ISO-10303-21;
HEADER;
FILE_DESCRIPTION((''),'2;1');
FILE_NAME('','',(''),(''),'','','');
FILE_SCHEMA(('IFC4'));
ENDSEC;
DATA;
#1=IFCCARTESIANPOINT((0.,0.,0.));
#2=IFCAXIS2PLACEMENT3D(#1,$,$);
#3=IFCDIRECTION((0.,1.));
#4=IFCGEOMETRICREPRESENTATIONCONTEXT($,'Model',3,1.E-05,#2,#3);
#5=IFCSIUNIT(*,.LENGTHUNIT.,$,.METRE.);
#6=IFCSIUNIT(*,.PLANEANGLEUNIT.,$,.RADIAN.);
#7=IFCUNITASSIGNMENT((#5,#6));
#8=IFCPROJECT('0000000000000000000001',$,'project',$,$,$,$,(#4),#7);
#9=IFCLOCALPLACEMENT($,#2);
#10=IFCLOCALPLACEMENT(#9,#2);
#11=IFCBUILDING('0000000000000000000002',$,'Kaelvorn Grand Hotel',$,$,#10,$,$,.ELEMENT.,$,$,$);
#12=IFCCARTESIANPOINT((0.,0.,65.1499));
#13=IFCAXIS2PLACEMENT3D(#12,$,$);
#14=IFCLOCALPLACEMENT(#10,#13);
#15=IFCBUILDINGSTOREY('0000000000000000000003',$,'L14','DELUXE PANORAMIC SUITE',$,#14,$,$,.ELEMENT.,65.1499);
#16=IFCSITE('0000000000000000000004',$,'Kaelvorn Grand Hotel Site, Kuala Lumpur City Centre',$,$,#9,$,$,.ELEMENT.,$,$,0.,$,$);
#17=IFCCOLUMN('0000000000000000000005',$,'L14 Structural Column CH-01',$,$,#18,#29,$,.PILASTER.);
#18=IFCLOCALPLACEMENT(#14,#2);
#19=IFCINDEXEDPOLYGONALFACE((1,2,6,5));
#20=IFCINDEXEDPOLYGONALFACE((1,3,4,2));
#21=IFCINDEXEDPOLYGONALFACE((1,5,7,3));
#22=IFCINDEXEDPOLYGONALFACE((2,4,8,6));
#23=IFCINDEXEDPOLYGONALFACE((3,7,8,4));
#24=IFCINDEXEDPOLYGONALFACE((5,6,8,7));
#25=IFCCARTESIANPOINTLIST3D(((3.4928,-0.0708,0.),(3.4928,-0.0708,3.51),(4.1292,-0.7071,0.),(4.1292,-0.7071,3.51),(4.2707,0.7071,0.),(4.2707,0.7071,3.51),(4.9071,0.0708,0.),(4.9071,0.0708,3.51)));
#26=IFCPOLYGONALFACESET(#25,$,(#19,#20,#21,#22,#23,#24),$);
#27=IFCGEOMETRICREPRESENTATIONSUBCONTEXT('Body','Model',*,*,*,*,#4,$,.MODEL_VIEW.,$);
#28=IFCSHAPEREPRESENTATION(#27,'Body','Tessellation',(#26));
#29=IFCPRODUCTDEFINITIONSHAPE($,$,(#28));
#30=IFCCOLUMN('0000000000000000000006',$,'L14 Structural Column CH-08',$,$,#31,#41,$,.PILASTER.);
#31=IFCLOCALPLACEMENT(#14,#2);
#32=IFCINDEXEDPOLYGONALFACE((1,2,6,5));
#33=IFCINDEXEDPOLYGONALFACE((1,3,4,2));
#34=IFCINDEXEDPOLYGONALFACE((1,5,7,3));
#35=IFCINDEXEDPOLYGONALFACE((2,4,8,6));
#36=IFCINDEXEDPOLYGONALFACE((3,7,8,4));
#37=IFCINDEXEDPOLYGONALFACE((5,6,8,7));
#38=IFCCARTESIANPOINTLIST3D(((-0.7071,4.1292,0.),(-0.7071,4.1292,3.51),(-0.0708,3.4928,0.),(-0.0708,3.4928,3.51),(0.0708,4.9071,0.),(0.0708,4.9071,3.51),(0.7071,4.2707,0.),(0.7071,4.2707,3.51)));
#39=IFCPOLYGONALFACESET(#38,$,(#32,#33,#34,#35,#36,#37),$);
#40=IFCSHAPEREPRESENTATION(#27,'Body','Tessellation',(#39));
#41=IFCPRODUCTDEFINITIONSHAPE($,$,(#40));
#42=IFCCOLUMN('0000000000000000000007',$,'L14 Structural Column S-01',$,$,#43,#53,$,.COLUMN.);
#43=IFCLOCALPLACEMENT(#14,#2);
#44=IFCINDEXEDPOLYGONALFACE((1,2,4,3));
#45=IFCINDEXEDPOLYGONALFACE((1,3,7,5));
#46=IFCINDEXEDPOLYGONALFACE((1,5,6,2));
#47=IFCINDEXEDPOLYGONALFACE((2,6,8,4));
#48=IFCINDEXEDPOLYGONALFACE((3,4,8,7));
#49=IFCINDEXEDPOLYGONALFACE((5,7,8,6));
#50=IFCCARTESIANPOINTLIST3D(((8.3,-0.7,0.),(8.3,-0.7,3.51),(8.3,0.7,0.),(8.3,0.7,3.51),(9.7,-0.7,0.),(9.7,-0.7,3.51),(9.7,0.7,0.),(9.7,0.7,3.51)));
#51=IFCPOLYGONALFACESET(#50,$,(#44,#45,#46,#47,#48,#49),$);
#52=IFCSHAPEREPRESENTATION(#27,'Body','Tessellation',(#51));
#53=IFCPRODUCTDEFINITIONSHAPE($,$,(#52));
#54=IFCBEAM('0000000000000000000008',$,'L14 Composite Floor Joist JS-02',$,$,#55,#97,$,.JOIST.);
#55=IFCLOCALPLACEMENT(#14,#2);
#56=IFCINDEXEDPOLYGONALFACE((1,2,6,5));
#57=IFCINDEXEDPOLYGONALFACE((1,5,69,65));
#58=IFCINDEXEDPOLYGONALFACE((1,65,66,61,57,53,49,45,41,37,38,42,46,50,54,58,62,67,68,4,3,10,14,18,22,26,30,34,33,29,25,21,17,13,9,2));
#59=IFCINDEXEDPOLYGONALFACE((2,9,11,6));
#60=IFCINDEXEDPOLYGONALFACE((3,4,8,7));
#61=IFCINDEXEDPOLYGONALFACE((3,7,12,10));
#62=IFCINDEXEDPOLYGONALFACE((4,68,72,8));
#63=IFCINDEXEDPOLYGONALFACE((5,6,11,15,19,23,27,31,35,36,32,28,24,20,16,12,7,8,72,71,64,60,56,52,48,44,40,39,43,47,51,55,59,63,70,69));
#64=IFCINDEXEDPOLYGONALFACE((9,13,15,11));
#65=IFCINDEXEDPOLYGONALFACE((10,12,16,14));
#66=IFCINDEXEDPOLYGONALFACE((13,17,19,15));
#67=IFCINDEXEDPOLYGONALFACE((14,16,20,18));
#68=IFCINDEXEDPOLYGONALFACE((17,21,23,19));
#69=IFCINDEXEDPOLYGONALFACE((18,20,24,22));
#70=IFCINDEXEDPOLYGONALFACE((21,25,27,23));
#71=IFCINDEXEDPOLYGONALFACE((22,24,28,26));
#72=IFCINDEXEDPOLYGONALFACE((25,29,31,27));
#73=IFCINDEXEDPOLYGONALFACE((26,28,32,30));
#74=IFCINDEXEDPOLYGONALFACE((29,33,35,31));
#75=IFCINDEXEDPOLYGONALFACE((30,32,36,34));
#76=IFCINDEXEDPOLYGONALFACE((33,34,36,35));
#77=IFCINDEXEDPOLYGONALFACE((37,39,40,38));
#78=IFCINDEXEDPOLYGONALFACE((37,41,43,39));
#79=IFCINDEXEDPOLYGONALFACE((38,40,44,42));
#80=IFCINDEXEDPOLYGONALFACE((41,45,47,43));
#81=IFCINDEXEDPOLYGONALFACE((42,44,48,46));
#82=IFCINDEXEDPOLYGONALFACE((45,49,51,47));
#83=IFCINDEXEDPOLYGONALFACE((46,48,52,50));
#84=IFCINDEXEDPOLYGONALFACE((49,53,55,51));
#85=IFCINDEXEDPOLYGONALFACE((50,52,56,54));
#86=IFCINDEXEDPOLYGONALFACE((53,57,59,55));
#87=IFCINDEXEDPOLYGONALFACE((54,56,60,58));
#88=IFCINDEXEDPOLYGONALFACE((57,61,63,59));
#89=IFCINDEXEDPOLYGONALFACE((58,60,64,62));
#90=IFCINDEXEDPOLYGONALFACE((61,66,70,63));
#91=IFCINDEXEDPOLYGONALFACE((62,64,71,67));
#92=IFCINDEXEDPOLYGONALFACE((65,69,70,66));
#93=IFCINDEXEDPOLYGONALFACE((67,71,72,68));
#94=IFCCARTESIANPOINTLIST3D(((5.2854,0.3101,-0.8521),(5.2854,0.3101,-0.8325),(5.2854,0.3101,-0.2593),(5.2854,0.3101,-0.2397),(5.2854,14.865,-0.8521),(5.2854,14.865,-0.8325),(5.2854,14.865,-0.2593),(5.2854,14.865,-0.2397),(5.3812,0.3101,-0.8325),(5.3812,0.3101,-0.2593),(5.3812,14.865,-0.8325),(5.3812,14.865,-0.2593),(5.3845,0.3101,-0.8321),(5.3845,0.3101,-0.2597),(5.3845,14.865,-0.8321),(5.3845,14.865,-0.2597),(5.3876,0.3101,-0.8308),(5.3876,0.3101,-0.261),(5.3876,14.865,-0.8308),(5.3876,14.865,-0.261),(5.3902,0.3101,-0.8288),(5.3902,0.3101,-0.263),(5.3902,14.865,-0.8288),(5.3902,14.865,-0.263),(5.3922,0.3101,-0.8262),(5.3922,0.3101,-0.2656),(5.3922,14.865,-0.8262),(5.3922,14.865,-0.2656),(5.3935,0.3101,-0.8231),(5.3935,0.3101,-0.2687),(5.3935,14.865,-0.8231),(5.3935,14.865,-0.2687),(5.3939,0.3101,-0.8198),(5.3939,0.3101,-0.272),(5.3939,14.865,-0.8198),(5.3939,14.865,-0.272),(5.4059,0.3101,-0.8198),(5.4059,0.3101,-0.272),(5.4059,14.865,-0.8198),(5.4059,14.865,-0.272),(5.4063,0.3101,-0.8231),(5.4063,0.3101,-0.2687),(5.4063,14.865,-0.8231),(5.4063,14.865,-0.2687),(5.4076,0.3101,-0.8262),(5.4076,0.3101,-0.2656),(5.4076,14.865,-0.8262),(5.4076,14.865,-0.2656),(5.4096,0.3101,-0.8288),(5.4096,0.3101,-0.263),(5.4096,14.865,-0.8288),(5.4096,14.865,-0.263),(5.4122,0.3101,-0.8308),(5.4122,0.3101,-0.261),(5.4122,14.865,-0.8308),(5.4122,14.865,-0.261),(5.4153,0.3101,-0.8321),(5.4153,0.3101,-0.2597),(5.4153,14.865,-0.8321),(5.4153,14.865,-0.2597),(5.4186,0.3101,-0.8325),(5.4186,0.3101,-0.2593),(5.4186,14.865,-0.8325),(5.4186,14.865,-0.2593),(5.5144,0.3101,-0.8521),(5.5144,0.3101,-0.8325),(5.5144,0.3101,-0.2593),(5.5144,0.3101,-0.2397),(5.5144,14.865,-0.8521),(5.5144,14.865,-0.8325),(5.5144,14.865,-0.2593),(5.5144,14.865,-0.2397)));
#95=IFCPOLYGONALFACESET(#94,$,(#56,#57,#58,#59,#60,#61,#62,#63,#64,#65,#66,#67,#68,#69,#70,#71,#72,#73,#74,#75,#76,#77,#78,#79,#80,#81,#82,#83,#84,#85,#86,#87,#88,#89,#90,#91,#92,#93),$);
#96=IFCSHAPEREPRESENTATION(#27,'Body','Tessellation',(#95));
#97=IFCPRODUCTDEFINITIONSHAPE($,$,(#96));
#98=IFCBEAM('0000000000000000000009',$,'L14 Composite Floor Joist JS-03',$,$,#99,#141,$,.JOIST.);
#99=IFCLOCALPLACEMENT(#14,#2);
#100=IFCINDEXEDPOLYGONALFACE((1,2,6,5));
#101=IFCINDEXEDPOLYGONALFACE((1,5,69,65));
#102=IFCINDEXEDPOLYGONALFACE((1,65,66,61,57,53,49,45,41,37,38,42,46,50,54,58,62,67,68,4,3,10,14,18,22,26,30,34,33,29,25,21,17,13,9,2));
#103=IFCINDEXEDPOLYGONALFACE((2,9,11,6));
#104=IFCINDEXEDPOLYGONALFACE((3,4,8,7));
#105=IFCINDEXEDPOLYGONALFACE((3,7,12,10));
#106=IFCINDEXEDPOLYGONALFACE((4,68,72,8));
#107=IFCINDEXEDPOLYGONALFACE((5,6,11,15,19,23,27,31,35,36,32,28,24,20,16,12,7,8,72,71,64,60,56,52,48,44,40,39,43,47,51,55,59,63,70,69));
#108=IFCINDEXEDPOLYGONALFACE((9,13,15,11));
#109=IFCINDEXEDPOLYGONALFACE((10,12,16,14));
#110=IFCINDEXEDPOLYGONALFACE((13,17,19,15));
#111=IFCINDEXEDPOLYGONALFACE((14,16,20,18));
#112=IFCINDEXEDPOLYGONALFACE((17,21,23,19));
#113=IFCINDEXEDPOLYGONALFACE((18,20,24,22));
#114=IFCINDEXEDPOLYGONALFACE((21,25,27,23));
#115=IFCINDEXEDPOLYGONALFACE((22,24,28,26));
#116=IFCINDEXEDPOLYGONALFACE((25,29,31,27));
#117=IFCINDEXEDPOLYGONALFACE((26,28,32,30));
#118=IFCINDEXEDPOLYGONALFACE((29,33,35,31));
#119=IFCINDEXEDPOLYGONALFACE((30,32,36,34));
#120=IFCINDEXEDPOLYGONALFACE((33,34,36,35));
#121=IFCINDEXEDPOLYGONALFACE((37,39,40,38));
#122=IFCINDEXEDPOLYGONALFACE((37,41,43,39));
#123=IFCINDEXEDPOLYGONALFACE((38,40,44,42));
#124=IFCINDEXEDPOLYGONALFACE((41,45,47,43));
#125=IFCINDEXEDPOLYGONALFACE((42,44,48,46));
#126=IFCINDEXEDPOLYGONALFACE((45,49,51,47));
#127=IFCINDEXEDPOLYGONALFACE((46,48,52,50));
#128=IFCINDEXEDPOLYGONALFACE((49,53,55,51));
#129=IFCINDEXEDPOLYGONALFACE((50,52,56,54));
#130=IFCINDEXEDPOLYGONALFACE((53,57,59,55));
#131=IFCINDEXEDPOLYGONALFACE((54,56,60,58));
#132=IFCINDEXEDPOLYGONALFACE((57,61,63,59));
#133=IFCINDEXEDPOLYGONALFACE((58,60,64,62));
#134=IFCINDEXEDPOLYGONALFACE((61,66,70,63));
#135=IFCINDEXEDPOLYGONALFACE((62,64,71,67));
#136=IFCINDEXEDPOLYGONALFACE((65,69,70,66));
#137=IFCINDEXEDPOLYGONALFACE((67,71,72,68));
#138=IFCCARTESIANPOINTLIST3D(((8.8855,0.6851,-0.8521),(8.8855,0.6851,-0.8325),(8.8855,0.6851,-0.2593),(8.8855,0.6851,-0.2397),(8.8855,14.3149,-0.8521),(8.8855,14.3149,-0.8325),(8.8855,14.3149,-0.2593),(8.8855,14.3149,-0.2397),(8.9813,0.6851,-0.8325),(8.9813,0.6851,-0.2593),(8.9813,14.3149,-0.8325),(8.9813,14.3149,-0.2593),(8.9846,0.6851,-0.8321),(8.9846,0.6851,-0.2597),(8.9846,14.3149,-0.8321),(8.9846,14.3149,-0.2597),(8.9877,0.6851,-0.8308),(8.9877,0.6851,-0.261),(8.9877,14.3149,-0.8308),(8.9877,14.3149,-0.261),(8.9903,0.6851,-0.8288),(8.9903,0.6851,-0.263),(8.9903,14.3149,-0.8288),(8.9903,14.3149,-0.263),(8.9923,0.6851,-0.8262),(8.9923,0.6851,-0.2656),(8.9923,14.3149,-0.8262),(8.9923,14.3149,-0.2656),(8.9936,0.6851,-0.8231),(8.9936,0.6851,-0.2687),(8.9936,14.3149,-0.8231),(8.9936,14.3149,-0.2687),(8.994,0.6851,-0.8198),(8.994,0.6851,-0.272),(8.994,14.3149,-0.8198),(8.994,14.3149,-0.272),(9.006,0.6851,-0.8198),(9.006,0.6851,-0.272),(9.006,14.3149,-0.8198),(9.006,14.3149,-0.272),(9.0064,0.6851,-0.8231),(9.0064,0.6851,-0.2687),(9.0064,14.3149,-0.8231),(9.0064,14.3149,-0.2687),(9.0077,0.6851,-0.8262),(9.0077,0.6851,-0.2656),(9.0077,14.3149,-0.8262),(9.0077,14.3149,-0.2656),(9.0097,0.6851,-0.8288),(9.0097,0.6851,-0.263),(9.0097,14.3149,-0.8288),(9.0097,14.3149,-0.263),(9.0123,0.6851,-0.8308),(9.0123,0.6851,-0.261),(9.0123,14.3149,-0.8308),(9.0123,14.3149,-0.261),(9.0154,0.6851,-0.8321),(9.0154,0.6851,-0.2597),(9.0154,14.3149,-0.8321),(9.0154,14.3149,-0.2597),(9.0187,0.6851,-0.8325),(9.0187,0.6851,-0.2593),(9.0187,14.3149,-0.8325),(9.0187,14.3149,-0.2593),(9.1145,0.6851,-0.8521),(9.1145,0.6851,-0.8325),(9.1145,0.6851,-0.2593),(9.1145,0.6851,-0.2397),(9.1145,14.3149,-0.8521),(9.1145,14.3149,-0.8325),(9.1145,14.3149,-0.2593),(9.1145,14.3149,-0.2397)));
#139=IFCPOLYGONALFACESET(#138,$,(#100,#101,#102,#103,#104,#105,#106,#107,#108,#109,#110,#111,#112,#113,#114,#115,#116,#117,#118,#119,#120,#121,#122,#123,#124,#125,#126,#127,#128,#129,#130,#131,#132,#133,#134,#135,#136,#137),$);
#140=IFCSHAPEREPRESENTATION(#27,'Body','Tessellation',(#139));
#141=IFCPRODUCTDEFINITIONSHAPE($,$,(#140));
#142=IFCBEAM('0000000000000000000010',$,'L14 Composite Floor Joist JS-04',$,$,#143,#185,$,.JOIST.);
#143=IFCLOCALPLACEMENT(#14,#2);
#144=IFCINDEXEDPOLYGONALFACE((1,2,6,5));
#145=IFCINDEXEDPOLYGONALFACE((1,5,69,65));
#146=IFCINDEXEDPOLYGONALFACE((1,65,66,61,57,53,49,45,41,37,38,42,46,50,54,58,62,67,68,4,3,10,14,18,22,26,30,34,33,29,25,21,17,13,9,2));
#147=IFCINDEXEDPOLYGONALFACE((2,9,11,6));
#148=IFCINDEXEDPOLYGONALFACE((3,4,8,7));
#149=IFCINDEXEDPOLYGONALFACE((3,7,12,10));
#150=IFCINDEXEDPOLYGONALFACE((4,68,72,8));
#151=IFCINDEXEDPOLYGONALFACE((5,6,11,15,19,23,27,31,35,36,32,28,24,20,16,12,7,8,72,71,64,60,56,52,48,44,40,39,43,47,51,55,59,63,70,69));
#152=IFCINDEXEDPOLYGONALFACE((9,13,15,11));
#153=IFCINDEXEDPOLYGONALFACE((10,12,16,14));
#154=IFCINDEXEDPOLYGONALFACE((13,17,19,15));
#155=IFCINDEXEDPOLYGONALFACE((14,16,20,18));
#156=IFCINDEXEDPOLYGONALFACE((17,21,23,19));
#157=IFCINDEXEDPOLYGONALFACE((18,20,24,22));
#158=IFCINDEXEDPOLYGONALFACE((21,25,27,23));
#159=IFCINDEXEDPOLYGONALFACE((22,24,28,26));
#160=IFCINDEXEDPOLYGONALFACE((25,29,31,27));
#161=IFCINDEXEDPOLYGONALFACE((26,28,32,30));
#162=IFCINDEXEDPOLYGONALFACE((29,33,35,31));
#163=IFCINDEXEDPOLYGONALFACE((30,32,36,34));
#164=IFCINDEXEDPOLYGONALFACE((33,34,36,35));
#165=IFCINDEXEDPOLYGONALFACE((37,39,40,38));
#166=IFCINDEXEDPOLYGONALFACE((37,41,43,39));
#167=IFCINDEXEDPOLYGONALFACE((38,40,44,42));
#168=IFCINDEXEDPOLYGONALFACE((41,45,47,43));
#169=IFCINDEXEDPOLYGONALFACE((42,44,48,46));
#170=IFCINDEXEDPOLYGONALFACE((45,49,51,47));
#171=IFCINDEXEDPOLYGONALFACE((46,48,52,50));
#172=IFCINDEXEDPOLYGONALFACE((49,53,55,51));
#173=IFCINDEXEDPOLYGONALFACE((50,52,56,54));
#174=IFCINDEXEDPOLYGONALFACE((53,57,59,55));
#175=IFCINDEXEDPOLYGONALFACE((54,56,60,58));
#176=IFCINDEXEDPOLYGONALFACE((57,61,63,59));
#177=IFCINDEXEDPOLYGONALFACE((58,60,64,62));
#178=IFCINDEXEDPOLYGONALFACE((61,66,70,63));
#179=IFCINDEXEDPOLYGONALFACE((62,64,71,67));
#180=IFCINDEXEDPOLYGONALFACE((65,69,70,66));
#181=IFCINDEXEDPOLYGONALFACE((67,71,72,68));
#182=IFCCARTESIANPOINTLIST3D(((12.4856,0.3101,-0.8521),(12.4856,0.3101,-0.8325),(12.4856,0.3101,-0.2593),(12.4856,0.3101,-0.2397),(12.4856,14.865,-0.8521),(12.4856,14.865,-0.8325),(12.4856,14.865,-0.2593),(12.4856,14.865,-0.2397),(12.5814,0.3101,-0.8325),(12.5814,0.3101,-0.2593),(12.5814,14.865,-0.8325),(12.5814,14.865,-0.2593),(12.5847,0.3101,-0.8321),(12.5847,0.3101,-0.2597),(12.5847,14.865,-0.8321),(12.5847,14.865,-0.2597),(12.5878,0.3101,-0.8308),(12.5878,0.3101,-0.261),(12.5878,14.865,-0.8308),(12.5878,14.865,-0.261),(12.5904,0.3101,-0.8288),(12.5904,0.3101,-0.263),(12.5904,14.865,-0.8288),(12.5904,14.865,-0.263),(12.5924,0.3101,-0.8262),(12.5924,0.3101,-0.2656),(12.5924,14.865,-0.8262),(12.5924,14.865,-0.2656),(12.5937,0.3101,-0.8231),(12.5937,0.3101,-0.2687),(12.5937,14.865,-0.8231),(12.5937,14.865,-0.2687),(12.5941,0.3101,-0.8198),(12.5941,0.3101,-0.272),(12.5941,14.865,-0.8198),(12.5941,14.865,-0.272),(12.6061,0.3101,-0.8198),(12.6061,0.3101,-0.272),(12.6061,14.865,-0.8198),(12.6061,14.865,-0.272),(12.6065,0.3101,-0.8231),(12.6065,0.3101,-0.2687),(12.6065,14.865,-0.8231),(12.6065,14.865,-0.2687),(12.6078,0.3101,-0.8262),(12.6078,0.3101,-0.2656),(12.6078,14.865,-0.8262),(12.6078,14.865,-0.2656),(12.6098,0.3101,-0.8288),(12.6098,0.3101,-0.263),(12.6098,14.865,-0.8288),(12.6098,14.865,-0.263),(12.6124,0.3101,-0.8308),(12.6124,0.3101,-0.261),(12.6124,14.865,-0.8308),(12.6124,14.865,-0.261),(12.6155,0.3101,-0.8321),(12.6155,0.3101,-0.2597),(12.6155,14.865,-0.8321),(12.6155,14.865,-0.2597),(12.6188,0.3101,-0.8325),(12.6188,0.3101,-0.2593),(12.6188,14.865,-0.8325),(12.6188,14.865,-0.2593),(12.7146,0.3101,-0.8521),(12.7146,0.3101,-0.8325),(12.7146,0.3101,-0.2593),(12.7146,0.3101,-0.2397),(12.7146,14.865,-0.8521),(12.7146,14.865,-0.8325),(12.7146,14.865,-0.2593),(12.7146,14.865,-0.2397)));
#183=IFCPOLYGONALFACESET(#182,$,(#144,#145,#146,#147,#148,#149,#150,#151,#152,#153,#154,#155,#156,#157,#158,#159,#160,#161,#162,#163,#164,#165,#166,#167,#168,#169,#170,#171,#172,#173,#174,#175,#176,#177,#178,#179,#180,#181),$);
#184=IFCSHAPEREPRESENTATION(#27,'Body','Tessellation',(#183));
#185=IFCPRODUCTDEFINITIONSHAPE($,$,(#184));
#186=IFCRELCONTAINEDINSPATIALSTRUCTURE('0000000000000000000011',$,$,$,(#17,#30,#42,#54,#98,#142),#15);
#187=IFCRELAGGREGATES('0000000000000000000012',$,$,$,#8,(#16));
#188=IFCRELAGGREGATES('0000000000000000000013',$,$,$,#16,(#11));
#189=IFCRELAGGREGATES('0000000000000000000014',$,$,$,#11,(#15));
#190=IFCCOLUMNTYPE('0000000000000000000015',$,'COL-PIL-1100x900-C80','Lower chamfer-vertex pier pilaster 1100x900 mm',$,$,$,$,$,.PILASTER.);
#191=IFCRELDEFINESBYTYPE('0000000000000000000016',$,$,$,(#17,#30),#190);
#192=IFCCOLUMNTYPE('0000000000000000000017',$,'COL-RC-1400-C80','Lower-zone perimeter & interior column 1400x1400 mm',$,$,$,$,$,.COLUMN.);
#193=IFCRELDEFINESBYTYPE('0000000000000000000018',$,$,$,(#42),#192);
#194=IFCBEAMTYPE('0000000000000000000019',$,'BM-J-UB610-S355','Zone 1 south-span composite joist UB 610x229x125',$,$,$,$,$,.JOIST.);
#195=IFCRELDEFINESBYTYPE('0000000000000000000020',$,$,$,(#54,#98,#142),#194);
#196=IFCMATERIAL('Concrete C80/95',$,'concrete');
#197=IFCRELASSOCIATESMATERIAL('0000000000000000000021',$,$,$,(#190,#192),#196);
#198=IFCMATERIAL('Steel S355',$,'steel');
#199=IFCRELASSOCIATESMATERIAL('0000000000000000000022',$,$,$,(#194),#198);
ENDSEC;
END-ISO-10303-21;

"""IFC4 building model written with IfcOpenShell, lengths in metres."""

from ifc_helpers import new_model, si_unit, direction, frame, origin, origin_2d, place, context, subcontext, project, spatial, rectangle, i_section, extrude, material, material_profile, profile_set, type_object, element, save


model = new_model("IFC4")

# Units and contexts
model_context = context("Model", 3, precision=1e-05, world=origin(), true_north=direction((0.0, 1.0)))
body_context = subcontext(model_context, "Body", "Model", "MODEL_VIEW")
ifc_project = project(units=[si_unit("LENGTHUNIT", "METRE"), si_unit("PLANEANGLEUNIT", "RADIAN")], contexts=[model_context])

# Site, building, storey
site_placement = place(None, origin())
site = spatial("IfcSite", under=ifc_project, at=site_placement, Name="Kaelvorn Grand Hotel Site, Kuala Lumpur City Centre", CompositionType="ELEMENT", RefElevation=0.0)
building_placement = place(site_placement, origin())
building = spatial("IfcBuilding", under=site, at=building_placement, Name="Kaelvorn Grand Hotel", CompositionType="ELEMENT")
storey_placement = place(building_placement, frame((0.0, 0.0, 65.1499)))
storey = spatial("IfcBuildingStorey", under=building, at=storey_placement, Name="L14", Description="DELUXE PANORAMIC SUITE", CompositionType="ELEMENT", Elevation=65.1499)

# Columns
ifc_material_1 = material(Name="Concrete C80/95", Category="concrete")
ifc_material_profile_1 = material_profile(ifc_material_1, rectangle(XDim=1.1001, YDim=0.8999, at=origin_2d()), Name="RC PILASTER 1100x900")
ifc_profile_set_1 = profile_set([ifc_material_profile_1], Name="Concrete C80/95")
column_type_1 = type_object("IfcColumnType", Name="COL-PIL-1100x900-C80", Description="Lower chamfer-vertex pier pilaster 1100x900 mm", PredefinedType="PILASTER", material=ifc_profile_set_1)
for number, where, z_axis, x_axis, name in (
    (1, (4.2, 0.0, 0.0), (0.0, 0.0, 1.0), (0.707107, 0.707107, 0.0), "L14 Structural Column CH-01"),
    (2, (0.0, 4.2, 0.0), (0.0, 0.0, 1.0), (0.707107, 0.707107, 0.0), "L14 Structural Column CH-08"),
):
    element("IfcColumn", number, at=place(storey_placement, frame(where, z_axis=z_axis, x_axis=x_axis)), inside=storey, type_object=column_type_1, Name=name, PredefinedType="PILASTER", context=body_context, shape_type="SweptSolid", body=[
        extrude(rectangle(XDim=1.1001, YDim=0.8999, at=origin_2d()), origin(), (0.0, 0.0, 1.0), 3.51),
    ])
ifc_material_profile_2 = material_profile(ifc_material_1, rectangle(XDim=1.3999, YDim=1.3999, at=origin_2d()), Name="RC COL 1400x1400")
ifc_profile_set_2 = profile_set([ifc_material_profile_2], Name="Concrete C80/95")
column_type_2 = type_object("IfcColumnType", Name="COL-RC-1400-C80", Description="Lower-zone perimeter & interior column 1400x1400 mm", PredefinedType="COLUMN", material=ifc_profile_set_2)
column_placement = place(storey_placement, frame((9.0, 0.0, 0.0), z_axis=(0.0, 0.0, 1.0), x_axis=(1.0, 0.0, 0.0)))
element("IfcColumn", 3, at=column_placement, inside=storey, type_object=column_type_2, Name="L14 Structural Column S-01", PredefinedType="COLUMN", context=body_context, shape_type="SweptSolid", body=[
    extrude(rectangle(XDim=1.3999, YDim=1.3999, at=origin_2d()), origin(), (0.0, 0.0, 1.0), 3.51),
])

# Beams
ifc_material_2 = material(Name="Steel S355", Category="steel")
ifc_material_profile_3 = material_profile(ifc_material_2, i_section(OverallWidth=0.229, OverallDepth=0.6123, WebThickness=0.012, FlangeThickness=0.0195, FilletRadius=0.0127, at=origin_2d()), Name="UB 610x229x125")
ifc_profile_set_3 = profile_set([ifc_material_profile_3], Name="Steel S355")
beam_type_1 = type_object("IfcBeamType", Name="BM-J-UB610-S355", Description="Zone 1 south-span composite joist UB 610x229x125", PredefinedType="JOIST", material=ifc_profile_set_3)
beam_1_placement = place(storey_placement, frame((5.3999, 0.3101, -0.5459), z_axis=(0.0, 1.0, 0.0), x_axis=(-1.0, 0.0, 0.0)))
element("IfcBeam", 4, at=beam_1_placement, inside=storey, type_object=beam_type_1, Name="L14 Composite Floor Joist JS-02", PredefinedType="JOIST", context=body_context, shape_type="SweptSolid", body=[
    extrude(i_section(OverallWidth=0.229, OverallDepth=0.6123, WebThickness=0.012, FlangeThickness=0.0195, FilletRadius=0.0127, at=origin_2d()), origin(), (0.0, 0.0, 1.0), 14.5549),
])
beam_2_placement = place(storey_placement, frame((9.0, 0.6851, -0.5459), z_axis=(0.0, 1.0, 0.0), x_axis=(-1.0, 0.0, 0.0)))
element("IfcBeam", 5, at=beam_2_placement, inside=storey, type_object=beam_type_1, Name="L14 Composite Floor Joist JS-03", PredefinedType="JOIST", context=body_context, shape_type="SweptSolid", body=[
    extrude(i_section(OverallWidth=0.229, OverallDepth=0.6123, WebThickness=0.012, FlangeThickness=0.0195, FilletRadius=0.0127, at=origin_2d()), origin(), (0.0, 0.0, 1.0), 13.6299),
])
beam_3_placement = place(storey_placement, frame((12.6001, 0.3101, -0.5459), z_axis=(0.0, 1.0, 0.0), x_axis=(-1.0, 0.0, 0.0)))
element("IfcBeam", 6, at=beam_3_placement, inside=storey, type_object=beam_type_1, Name="L14 Composite Floor Joist JS-04", PredefinedType="JOIST", context=body_context, shape_type="SweptSolid", body=[
    extrude(i_section(OverallWidth=0.229, OverallDepth=0.6123, WebThickness=0.012, FlangeThickness=0.0195, FilletRadius=0.0127, at=origin_2d()), origin(), (0.0, 0.0, 1.0), 14.5549),
])

save(model, "model.ifc")
